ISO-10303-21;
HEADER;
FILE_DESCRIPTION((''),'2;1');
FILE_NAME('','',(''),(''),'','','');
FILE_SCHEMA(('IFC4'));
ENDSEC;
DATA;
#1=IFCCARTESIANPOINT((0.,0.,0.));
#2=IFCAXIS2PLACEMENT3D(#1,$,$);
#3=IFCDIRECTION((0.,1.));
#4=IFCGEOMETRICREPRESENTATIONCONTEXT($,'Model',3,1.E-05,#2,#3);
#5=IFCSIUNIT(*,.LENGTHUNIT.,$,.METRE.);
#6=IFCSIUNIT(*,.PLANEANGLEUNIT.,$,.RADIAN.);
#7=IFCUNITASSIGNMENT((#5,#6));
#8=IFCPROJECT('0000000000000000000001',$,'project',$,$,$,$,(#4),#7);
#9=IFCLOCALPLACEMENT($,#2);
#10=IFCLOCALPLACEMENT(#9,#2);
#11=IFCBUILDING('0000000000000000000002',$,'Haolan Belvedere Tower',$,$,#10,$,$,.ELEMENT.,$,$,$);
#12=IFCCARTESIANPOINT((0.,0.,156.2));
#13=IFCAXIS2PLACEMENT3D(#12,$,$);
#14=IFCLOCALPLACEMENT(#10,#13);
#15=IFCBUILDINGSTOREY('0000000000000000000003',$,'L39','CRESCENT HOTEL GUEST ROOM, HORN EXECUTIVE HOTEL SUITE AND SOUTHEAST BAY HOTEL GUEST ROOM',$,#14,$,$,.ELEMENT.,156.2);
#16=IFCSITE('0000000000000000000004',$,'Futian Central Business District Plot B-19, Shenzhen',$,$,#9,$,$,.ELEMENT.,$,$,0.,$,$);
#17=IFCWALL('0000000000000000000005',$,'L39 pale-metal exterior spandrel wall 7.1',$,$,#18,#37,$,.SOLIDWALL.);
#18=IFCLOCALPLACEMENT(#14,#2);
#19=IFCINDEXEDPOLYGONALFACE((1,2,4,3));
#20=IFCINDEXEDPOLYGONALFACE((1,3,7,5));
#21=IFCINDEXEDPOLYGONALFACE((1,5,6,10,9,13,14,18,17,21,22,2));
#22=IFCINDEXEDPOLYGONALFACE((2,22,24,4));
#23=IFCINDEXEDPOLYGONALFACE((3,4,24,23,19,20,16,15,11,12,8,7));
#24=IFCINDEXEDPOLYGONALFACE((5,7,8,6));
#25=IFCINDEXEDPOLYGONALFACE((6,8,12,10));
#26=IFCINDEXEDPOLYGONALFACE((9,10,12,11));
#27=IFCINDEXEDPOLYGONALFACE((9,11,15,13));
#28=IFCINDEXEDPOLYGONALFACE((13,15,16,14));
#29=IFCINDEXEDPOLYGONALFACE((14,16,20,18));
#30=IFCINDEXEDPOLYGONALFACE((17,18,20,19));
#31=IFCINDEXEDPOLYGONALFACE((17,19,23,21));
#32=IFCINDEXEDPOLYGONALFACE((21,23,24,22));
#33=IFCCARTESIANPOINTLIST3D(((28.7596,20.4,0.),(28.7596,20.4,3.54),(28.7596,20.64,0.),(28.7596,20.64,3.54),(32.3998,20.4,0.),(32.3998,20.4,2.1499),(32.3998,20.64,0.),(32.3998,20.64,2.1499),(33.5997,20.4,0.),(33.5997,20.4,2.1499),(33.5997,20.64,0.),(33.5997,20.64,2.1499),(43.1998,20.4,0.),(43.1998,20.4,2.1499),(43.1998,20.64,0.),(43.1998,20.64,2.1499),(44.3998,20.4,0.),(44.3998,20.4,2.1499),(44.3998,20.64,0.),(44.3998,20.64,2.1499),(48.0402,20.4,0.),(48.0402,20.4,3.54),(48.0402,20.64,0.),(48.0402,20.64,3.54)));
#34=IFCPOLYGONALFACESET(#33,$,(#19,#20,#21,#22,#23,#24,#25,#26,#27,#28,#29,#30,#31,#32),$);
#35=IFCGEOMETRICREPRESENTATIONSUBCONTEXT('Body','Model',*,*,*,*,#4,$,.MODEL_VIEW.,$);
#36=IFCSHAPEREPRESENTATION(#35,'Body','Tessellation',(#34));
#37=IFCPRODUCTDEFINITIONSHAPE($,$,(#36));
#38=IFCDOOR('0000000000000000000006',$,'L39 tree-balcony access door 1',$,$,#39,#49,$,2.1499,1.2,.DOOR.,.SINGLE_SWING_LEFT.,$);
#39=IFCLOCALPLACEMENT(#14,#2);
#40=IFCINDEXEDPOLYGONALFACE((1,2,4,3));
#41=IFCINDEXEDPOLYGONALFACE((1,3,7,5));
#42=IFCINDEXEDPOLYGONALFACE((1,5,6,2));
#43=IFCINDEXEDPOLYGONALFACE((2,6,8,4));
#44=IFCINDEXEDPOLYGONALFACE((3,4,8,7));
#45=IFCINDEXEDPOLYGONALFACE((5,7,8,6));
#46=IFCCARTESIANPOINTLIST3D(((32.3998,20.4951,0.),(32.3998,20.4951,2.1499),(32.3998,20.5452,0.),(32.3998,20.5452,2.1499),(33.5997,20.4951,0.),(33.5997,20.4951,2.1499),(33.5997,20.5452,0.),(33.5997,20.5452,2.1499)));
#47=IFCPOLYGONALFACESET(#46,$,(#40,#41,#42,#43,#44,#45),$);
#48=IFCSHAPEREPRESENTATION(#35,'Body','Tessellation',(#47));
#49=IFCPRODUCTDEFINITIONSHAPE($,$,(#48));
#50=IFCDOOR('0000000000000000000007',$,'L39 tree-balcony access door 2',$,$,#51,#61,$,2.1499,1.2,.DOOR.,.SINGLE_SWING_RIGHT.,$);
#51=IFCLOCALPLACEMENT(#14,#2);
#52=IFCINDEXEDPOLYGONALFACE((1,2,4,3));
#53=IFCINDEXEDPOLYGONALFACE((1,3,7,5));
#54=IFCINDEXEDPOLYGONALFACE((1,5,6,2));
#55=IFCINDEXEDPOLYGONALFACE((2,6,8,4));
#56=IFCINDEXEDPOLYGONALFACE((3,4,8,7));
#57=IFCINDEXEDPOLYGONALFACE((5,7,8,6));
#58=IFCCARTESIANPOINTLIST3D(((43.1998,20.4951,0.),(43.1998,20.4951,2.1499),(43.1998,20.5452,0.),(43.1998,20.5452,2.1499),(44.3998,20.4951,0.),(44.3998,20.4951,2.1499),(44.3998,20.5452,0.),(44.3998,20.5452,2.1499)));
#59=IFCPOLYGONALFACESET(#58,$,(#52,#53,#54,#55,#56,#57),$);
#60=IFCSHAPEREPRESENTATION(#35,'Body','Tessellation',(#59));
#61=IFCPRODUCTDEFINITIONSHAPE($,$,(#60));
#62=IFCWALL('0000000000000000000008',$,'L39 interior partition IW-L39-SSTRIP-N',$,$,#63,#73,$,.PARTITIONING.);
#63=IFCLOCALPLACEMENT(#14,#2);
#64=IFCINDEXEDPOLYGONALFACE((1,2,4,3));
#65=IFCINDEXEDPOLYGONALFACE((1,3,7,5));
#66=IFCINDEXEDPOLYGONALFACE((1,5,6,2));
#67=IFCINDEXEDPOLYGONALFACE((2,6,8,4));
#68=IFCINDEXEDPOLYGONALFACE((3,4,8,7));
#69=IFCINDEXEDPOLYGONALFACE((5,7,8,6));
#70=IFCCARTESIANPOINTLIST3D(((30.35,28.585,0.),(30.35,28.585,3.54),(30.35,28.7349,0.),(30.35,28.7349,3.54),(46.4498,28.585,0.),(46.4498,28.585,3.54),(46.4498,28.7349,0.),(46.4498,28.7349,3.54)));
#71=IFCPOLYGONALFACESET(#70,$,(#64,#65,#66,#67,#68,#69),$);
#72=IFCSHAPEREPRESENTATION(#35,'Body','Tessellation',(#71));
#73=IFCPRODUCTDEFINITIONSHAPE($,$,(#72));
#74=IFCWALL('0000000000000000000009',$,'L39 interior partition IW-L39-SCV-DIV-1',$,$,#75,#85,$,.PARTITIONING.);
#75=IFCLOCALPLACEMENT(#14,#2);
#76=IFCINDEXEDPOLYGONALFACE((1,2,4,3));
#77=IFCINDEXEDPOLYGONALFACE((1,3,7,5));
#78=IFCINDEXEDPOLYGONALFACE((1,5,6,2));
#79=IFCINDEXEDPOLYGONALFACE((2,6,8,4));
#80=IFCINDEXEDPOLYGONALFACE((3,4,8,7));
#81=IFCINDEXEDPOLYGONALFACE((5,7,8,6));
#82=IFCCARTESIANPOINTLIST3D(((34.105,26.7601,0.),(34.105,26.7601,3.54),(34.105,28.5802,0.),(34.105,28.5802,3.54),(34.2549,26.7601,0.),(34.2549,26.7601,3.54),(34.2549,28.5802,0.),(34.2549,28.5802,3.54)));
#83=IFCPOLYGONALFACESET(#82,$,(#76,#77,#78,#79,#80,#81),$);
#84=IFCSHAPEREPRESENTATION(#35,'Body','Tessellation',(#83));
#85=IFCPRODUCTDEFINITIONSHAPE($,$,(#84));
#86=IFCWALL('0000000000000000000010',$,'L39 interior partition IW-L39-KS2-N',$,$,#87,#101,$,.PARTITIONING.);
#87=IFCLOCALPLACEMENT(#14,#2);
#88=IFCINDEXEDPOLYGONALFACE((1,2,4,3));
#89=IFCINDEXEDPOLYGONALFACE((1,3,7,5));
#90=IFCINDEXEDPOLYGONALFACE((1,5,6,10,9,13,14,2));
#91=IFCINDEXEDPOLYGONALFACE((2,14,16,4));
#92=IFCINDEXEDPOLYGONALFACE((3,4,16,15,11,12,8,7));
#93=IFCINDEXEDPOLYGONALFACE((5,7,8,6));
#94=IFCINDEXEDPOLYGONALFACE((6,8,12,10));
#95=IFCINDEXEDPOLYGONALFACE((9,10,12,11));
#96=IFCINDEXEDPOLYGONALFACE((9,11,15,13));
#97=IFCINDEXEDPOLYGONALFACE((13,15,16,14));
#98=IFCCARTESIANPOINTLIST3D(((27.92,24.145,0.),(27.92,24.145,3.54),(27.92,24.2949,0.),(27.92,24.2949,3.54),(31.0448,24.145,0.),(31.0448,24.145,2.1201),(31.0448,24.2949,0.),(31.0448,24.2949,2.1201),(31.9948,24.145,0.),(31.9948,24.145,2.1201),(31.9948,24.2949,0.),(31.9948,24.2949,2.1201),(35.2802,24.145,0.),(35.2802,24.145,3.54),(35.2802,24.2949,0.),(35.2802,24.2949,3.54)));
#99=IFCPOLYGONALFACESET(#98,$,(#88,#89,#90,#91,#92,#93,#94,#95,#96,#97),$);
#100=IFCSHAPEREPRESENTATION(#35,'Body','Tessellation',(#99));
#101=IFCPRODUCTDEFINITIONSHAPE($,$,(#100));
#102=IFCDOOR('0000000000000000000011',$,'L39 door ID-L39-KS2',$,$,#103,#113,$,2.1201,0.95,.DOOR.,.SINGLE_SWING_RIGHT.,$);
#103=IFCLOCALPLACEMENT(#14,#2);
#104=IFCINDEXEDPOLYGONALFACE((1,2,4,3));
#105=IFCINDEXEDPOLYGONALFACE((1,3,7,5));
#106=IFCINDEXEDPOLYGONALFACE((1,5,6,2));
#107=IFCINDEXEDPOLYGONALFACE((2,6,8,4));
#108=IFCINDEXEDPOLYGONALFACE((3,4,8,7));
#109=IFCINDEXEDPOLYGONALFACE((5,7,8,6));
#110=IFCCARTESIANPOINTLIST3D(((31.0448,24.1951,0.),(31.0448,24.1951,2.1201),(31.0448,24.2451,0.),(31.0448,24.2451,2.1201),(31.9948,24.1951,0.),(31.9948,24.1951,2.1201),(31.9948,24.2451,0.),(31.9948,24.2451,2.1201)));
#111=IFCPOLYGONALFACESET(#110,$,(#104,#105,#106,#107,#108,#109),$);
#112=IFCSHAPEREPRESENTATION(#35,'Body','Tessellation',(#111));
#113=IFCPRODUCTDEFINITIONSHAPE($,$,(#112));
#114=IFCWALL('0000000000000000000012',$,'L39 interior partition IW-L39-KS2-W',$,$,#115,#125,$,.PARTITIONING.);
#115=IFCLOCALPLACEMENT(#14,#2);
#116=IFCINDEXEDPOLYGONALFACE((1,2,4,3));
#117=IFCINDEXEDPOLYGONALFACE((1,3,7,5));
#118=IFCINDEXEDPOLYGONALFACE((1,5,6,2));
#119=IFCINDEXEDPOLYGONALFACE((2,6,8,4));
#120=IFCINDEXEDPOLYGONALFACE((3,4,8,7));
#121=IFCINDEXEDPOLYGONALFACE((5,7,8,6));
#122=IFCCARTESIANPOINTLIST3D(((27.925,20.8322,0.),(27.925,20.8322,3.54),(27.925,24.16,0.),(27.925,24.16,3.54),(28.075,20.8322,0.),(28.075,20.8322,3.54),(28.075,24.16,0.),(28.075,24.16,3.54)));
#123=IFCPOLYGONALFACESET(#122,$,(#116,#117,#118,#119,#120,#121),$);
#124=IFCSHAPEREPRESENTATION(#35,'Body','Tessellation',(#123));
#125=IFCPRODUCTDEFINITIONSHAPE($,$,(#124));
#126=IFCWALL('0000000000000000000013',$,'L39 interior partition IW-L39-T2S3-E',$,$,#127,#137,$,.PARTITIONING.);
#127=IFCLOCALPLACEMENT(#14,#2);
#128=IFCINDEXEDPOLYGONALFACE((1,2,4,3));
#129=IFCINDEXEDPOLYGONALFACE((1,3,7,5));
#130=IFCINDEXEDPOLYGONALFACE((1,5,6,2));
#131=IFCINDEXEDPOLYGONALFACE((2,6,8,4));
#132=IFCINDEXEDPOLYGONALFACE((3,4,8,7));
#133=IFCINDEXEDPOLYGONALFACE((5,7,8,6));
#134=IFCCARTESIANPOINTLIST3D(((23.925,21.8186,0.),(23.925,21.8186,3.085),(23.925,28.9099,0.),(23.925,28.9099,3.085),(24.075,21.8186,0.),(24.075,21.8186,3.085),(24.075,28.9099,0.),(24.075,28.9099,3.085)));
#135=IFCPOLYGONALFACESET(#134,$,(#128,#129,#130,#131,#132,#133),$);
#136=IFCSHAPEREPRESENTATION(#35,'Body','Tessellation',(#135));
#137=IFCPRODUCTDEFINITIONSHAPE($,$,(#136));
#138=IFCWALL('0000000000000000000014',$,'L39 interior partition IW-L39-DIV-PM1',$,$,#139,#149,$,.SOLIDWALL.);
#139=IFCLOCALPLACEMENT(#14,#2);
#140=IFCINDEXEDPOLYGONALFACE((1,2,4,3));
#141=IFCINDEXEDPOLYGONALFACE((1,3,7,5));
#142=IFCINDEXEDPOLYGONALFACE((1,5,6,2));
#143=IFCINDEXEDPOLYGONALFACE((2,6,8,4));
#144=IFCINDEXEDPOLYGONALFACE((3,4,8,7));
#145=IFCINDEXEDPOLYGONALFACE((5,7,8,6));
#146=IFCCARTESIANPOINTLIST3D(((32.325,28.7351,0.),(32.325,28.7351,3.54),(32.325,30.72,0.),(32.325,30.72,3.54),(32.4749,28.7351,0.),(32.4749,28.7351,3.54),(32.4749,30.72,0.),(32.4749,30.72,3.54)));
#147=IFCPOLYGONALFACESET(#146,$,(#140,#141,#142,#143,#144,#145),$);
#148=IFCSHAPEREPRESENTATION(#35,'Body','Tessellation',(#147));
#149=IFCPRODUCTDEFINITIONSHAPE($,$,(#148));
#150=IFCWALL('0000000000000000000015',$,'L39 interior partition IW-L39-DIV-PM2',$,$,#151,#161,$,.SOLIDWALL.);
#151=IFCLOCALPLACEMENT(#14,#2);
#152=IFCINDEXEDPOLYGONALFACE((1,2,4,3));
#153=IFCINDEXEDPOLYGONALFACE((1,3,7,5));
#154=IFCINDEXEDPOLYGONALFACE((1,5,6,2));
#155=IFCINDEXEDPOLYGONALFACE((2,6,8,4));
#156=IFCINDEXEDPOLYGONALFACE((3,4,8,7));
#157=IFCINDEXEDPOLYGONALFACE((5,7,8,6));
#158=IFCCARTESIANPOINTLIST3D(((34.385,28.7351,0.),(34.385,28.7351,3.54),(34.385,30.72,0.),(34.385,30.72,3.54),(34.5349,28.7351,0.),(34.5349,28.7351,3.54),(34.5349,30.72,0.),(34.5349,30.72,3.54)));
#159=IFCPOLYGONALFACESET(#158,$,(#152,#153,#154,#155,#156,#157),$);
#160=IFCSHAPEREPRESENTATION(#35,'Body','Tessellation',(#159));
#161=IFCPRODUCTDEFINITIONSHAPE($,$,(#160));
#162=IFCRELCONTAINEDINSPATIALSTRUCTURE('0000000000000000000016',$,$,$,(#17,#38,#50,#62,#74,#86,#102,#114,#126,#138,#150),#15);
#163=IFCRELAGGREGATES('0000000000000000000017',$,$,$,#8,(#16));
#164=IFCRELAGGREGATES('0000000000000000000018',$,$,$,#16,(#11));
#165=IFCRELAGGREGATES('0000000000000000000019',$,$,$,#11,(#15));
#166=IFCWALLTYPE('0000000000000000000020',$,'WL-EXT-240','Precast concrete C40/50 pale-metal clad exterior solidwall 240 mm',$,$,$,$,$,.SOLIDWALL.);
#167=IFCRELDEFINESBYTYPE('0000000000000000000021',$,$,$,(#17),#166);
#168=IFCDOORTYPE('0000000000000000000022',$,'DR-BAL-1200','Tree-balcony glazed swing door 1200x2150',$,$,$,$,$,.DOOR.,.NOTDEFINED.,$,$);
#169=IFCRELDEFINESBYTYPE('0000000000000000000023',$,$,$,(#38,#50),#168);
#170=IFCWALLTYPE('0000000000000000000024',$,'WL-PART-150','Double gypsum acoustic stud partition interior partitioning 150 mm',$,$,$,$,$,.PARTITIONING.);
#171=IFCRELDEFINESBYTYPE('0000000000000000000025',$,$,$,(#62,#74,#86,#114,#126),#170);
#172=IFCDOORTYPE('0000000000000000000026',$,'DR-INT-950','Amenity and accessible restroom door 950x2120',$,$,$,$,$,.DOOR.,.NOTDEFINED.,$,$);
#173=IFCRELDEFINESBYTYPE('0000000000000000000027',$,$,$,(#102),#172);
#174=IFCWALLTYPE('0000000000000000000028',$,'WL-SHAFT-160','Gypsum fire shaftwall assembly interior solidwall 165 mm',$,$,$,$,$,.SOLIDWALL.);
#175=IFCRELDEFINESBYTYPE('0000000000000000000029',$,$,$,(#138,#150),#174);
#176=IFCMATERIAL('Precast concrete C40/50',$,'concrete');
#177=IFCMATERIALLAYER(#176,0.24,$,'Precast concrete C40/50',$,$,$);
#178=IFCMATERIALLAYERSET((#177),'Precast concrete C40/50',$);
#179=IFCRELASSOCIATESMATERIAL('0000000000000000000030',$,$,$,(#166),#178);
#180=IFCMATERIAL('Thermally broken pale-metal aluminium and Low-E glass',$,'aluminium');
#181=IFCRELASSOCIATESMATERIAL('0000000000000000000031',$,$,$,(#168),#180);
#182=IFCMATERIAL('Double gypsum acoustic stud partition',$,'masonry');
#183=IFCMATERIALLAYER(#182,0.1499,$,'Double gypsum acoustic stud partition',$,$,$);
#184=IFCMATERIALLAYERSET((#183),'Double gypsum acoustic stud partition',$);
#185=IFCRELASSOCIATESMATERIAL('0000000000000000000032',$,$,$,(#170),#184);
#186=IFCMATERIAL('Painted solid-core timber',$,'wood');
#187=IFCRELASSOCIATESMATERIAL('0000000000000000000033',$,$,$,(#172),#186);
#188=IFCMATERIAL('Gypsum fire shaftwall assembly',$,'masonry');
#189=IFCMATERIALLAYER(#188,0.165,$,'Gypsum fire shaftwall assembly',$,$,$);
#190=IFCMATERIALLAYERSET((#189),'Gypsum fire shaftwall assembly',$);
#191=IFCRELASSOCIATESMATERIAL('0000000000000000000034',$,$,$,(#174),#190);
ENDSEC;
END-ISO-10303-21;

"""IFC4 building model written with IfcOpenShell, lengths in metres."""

from ifc_helpers import new_model, si_unit, direction, frame, frame_2d, origin, place, context, subcontext, project, spatial, rectangle, extrude, material, layer, layer_set, type_object, element, fill, save


model = new_model("IFC4")

# Units and contexts
model_context = context("Model", 3, precision=1e-05, world=origin(), true_north=direction((0.0, 1.0)))
body_context = subcontext(model_context, "Body", "Model", "MODEL_VIEW")
ifc_project = project(units=[si_unit("LENGTHUNIT", "METRE"), si_unit("PLANEANGLEUNIT", "RADIAN")], contexts=[model_context])

# Site, building, storey
site_placement = place(None, origin())
site = spatial("IfcSite", under=ifc_project, at=site_placement, Name="Futian Central Business District Plot B-19, Shenzhen", CompositionType="ELEMENT", RefElevation=0.0)
building_placement = place(site_placement, origin())
building = spatial("IfcBuilding", under=site, at=building_placement, Name="Haolan Belvedere Tower", CompositionType="ELEMENT")
storey_placement = place(building_placement, frame((0.0, 0.0, 156.2)))
storey = spatial("IfcBuildingStorey", under=building, at=storey_placement, Name="L39", Description="CRESCENT HOTEL GUEST ROOM, HORN EXECUTIVE HOTEL SUITE AND SOUTHEAST BAY HOTEL GUEST ROOM", CompositionType="ELEMENT", Elevation=156.2)

# Shared definitions
ifc_material_1 = material(Name="Precast concrete C40/50", Category="concrete")
ifc_layer_1 = layer(ifc_material_1, 0.24, Name="Precast concrete C40/50")
ifc_layer_set_1 = layer_set([ifc_layer_1], Name="Precast concrete C40/50")
wall_type_1 = type_object("IfcWallType", Name="WL-EXT-240", Description="Precast concrete C40/50 pale-metal clad exterior solidwall 240 mm", PredefinedType="SOLIDWALL", material=ifc_layer_set_1)

# Wall, openings, doors
wall_1_placement = place(storey_placement, frame((28.7598, 20.52, 0.0), z_axis=(0.0, 0.0, 1.0), x_axis=(1.0, 0.0, 0.0)))
wall_1 = element("IfcWall", 1, at=wall_1_placement, inside=storey, type_object=wall_type_1, Name="L39 pale-metal exterior spandrel wall 7.1", PredefinedType="SOLIDWALL", context=body_context, shape_type="SweptSolid", body=[
    extrude(rectangle(XDim=19.2805, YDim=0.24, at=frame_2d((9.6401, 0.0))), origin(), (0.0, 0.0, 1.0), 3.54),
])
opening_1_placement = place(wall_1_placement, frame((4.8401, 0.0, 0.0), z_axis=(0.0, 0.0, 1.0), x_axis=(-1.0, 0.0, 0.0)))
opening_1 = element("IfcOpeningElement", 2, at=opening_1_placement, cuts=wall_1, PredefinedType="OPENING", context=body_context, shape_type="SweptSolid", body=[
    extrude(rectangle(XDim=1.2, YDim=2.1499, at=frame_2d((0.6001, 1.075))), frame((0.0, 0.1299, 0.0), z_axis=(0.0, -1.0, 0.0), x_axis=(1.0, 0.0, 0.0)), (0.0, 0.0, 1.0), 0.26),
])
opening_2_placement = place(wall_1_placement, frame((15.6401, 0.0, 0.0), z_axis=(0.0, 0.0, 1.0), x_axis=(-1.0, 0.0, 0.0)))
opening_2 = element("IfcOpeningElement", 3, at=opening_2_placement, cuts=wall_1, PredefinedType="OPENING", context=body_context, shape_type="SweptSolid", body=[
    extrude(rectangle(XDim=1.2, YDim=2.1499, at=frame_2d((0.6001, 1.075))), frame((0.0, 0.1299, 0.0), z_axis=(0.0, -1.0, 0.0), x_axis=(1.0, 0.0, 0.0)), (0.0, 0.0, 1.0), 0.26),
])
ifc_material_2 = material(Name="Thermally broken pale-metal aluminium and Low-E glass", Category="aluminium")
door_type_1 = type_object("IfcDoorType", Name="DR-BAL-1200", Description="Tree-balcony glazed swing door 1200x2150", OperationType="NOTDEFINED", PredefinedType="DOOR", material=ifc_material_2)
door_1_placement = place(opening_1_placement, origin())
door_1 = element("IfcDoor", 4, at=door_1_placement, inside=storey, type_object=door_type_1, Name="L39 tree-balcony access door 1", OperationType="SINGLE_SWING_LEFT", OverallHeight=2.1499, OverallWidth=1.2, PredefinedType="DOOR", context=body_context, shape_type="SweptSolid", body=[
    extrude(rectangle(XDim=1.2, YDim=2.1499, at=frame_2d((0.6001, 1.075))), frame((0.0, 0.0249, 0.0), z_axis=(0.0, -1.0, 0.0), x_axis=(1.0, 0.0, 0.0)), (0.0, 0.0, 1.0), 0.05),
])
fill(opening_1, door_1)
door_2_placement = place(opening_2_placement, origin())
door_2 = element("IfcDoor", 5, at=door_2_placement, inside=storey, type_object=door_type_1, Name="L39 tree-balcony access door 2", OperationType="SINGLE_SWING_RIGHT", OverallHeight=2.1499, OverallWidth=1.2, PredefinedType="DOOR", context=body_context, shape_type="SweptSolid", body=[
    extrude(rectangle(XDim=1.2, YDim=2.1499, at=frame_2d((0.6001, 1.075))), frame((0.0, 0.0249, 0.0), z_axis=(0.0, -1.0, 0.0), x_axis=(1.0, 0.0, 0.0)), (0.0, 0.0, 1.0), 0.05),
])
fill(opening_2, door_2)

# Walls
ifc_material_3 = material(Name="Double gypsum acoustic stud partition", Category="masonry")
ifc_layer_2 = layer(ifc_material_3, 0.1499, Name="Double gypsum acoustic stud partition")
ifc_layer_set_2 = layer_set([ifc_layer_2], Name="Double gypsum acoustic stud partition")
wall_type_2 = type_object("IfcWallType", Name="WL-PART-150", Description="Double gypsum acoustic stud partition interior partitioning 150 mm", PredefinedType="PARTITIONING", material=ifc_layer_set_2)
wall_2_placement = place(storey_placement, frame((30.3501, 28.6599, 0.0), z_axis=(0.0, 0.0, 1.0), x_axis=(1.0, 0.0, 0.0)))
element("IfcWall", 6, at=wall_2_placement, inside=storey, type_object=wall_type_2, Name="L39 interior partition IW-L39-SSTRIP-N", PredefinedType="PARTITIONING", context=body_context, shape_type="SweptSolid", body=[
    extrude(rectangle(XDim=16.0999, YDim=0.1499, at=frame_2d((8.0498, 0.0))), origin(), (0.0, 0.0, 1.0), 3.54),
])
wall_3_placement = place(storey_placement, frame((34.1799, 26.76, 0.0), z_axis=(0.0, 0.0, 1.0), x_axis=(0.0, 1.0, 0.0)))
element("IfcWall", 7, at=wall_3_placement, inside=storey, type_object=wall_type_2, Name="L39 interior partition IW-L39-SCV-DIV-1", PredefinedType="PARTITIONING", context=body_context, shape_type="SweptSolid", body=[
    extrude(rectangle(XDim=1.8201, YDim=0.1499, at=frame_2d((0.9102, 0.0))), origin(), (0.0, 0.0, 1.0), 3.54),
])

# Wall, opening, door
wall_4_placement = place(storey_placement, frame((27.9199, 24.22, 0.0), z_axis=(0.0, 0.0, 1.0), x_axis=(1.0, 0.0, 0.0)))
wall_4 = element("IfcWall", 8, at=wall_4_placement, inside=storey, type_object=wall_type_2, Name="L39 interior partition IW-L39-KS2-N", PredefinedType="PARTITIONING", context=body_context, shape_type="SweptSolid", body=[
    extrude(rectangle(XDim=7.3601, YDim=0.1499, at=frame_2d((3.6802, 0.0))), origin(), (0.0, 0.0, 1.0), 3.54),
])
opening_3_placement = place(wall_4_placement, frame((4.075, 0.0, 0.0), z_axis=(0.0, 0.0, 1.0), x_axis=(-1.0, 0.0, 0.0)))
opening_3 = element("IfcOpeningElement", 9, at=opening_3_placement, cuts=wall_4, PredefinedType="OPENING", context=body_context, shape_type="SweptSolid", body=[
    extrude(rectangle(XDim=0.95, YDim=2.1201, at=frame_2d((0.4751, 1.0601))), frame((0.0, 0.085, 0.0), z_axis=(0.0, -1.0, 0.0), x_axis=(1.0, 0.0, 0.0)), (0.0, 0.0, 1.0), 0.1699),
])
ifc_material_4 = material(Name="Painted solid-core timber", Category="wood")
door_type_2 = type_object("IfcDoorType", Name="DR-INT-950", Description="Amenity and accessible restroom door 950x2120", OperationType="NOTDEFINED", PredefinedType="DOOR", material=ifc_material_4)
door_3_placement = place(opening_3_placement, origin())
door_3 = element("IfcDoor", 10, at=door_3_placement, inside=storey, type_object=door_type_2, Name="L39 door ID-L39-KS2", OperationType="SINGLE_SWING_RIGHT", OverallHeight=2.1201, OverallWidth=0.95, PredefinedType="DOOR", context=body_context, shape_type="SweptSolid", body=[
    extrude(rectangle(XDim=0.95, YDim=2.1201, at=frame_2d((0.4751, 1.0601))), frame((0.0, 0.0249, 0.0), z_axis=(0.0, -1.0, 0.0), x_axis=(1.0, 0.0, 0.0)), (0.0, 0.0, 1.0), 0.05),
])
fill(opening_3, door_3)

# Walls
wall_5_placement = place(storey_placement, frame((28.0, 20.832, 0.0), z_axis=(0.0, 0.0, 1.0), x_axis=(0.0, 1.0, 0.0)))
element("IfcWall", 11, at=wall_5_placement, inside=storey, type_object=wall_type_2, Name="L39 interior partition IW-L39-KS2-W", PredefinedType="PARTITIONING", context=body_context, shape_type="SweptSolid", body=[
    extrude(rectangle(XDim=3.3279, YDim=0.1499, at=frame_2d((1.6641, 0.0))), origin(), (0.0, 0.0, 1.0), 3.54),
])
wall_6_placement = place(storey_placement, frame((24.0, 21.8186, 0.0), z_axis=(0.0, 0.0, 1.0), x_axis=(0.0, 1.0, 0.0)))
element("IfcWall", 12, at=wall_6_placement, inside=storey, type_object=wall_type_2, Name="L39 interior partition IW-L39-T2S3-E", PredefinedType="PARTITIONING", context=body_context, shape_type="SweptSolid", body=[
    extrude(rectangle(XDim=7.0913, YDim=0.1499, at=frame_2d((3.5457, 0.0))), origin(), (0.0, 0.0, 1.0), 3.085),
])
ifc_material_5 = material(Name="Gypsum fire shaftwall assembly", Category="masonry")
ifc_layer_3 = layer(ifc_material_5, 0.165, Name="Gypsum fire shaftwall assembly")
ifc_layer_set_3 = layer_set([ifc_layer_3], Name="Gypsum fire shaftwall assembly")
wall_type_3 = type_object("IfcWallType", Name="WL-SHAFT-160", Description="Gypsum fire shaftwall assembly interior solidwall 165 mm", PredefinedType="SOLIDWALL", material=ifc_layer_set_3)
for number, where, z_axis, x_axis, name in (
    (13, (32.3999, 28.7351, 0.0), (0.0, 0.0, 1.0), (0.0, 1.0, 0.0), "L39 interior partition IW-L39-DIV-PM1"),
    (14, (34.46, 28.7351, 0.0), (0.0, 0.0, 1.0), (0.0, 1.0, 0.0), "L39 interior partition IW-L39-DIV-PM2"),
):
    element("IfcWall", number, at=place(storey_placement, frame(where, z_axis=z_axis, x_axis=x_axis)), inside=storey, type_object=wall_type_3, Name=name, PredefinedType="SOLIDWALL", context=body_context, shape_type="SweptSolid", body=[
        extrude(rectangle(XDim=1.9849, YDim=0.1499, at=frame_2d((0.9924, 0.0))), origin(), (0.0, 0.0, 1.0), 3.54),
    ])

save(model, "model.ifc")
